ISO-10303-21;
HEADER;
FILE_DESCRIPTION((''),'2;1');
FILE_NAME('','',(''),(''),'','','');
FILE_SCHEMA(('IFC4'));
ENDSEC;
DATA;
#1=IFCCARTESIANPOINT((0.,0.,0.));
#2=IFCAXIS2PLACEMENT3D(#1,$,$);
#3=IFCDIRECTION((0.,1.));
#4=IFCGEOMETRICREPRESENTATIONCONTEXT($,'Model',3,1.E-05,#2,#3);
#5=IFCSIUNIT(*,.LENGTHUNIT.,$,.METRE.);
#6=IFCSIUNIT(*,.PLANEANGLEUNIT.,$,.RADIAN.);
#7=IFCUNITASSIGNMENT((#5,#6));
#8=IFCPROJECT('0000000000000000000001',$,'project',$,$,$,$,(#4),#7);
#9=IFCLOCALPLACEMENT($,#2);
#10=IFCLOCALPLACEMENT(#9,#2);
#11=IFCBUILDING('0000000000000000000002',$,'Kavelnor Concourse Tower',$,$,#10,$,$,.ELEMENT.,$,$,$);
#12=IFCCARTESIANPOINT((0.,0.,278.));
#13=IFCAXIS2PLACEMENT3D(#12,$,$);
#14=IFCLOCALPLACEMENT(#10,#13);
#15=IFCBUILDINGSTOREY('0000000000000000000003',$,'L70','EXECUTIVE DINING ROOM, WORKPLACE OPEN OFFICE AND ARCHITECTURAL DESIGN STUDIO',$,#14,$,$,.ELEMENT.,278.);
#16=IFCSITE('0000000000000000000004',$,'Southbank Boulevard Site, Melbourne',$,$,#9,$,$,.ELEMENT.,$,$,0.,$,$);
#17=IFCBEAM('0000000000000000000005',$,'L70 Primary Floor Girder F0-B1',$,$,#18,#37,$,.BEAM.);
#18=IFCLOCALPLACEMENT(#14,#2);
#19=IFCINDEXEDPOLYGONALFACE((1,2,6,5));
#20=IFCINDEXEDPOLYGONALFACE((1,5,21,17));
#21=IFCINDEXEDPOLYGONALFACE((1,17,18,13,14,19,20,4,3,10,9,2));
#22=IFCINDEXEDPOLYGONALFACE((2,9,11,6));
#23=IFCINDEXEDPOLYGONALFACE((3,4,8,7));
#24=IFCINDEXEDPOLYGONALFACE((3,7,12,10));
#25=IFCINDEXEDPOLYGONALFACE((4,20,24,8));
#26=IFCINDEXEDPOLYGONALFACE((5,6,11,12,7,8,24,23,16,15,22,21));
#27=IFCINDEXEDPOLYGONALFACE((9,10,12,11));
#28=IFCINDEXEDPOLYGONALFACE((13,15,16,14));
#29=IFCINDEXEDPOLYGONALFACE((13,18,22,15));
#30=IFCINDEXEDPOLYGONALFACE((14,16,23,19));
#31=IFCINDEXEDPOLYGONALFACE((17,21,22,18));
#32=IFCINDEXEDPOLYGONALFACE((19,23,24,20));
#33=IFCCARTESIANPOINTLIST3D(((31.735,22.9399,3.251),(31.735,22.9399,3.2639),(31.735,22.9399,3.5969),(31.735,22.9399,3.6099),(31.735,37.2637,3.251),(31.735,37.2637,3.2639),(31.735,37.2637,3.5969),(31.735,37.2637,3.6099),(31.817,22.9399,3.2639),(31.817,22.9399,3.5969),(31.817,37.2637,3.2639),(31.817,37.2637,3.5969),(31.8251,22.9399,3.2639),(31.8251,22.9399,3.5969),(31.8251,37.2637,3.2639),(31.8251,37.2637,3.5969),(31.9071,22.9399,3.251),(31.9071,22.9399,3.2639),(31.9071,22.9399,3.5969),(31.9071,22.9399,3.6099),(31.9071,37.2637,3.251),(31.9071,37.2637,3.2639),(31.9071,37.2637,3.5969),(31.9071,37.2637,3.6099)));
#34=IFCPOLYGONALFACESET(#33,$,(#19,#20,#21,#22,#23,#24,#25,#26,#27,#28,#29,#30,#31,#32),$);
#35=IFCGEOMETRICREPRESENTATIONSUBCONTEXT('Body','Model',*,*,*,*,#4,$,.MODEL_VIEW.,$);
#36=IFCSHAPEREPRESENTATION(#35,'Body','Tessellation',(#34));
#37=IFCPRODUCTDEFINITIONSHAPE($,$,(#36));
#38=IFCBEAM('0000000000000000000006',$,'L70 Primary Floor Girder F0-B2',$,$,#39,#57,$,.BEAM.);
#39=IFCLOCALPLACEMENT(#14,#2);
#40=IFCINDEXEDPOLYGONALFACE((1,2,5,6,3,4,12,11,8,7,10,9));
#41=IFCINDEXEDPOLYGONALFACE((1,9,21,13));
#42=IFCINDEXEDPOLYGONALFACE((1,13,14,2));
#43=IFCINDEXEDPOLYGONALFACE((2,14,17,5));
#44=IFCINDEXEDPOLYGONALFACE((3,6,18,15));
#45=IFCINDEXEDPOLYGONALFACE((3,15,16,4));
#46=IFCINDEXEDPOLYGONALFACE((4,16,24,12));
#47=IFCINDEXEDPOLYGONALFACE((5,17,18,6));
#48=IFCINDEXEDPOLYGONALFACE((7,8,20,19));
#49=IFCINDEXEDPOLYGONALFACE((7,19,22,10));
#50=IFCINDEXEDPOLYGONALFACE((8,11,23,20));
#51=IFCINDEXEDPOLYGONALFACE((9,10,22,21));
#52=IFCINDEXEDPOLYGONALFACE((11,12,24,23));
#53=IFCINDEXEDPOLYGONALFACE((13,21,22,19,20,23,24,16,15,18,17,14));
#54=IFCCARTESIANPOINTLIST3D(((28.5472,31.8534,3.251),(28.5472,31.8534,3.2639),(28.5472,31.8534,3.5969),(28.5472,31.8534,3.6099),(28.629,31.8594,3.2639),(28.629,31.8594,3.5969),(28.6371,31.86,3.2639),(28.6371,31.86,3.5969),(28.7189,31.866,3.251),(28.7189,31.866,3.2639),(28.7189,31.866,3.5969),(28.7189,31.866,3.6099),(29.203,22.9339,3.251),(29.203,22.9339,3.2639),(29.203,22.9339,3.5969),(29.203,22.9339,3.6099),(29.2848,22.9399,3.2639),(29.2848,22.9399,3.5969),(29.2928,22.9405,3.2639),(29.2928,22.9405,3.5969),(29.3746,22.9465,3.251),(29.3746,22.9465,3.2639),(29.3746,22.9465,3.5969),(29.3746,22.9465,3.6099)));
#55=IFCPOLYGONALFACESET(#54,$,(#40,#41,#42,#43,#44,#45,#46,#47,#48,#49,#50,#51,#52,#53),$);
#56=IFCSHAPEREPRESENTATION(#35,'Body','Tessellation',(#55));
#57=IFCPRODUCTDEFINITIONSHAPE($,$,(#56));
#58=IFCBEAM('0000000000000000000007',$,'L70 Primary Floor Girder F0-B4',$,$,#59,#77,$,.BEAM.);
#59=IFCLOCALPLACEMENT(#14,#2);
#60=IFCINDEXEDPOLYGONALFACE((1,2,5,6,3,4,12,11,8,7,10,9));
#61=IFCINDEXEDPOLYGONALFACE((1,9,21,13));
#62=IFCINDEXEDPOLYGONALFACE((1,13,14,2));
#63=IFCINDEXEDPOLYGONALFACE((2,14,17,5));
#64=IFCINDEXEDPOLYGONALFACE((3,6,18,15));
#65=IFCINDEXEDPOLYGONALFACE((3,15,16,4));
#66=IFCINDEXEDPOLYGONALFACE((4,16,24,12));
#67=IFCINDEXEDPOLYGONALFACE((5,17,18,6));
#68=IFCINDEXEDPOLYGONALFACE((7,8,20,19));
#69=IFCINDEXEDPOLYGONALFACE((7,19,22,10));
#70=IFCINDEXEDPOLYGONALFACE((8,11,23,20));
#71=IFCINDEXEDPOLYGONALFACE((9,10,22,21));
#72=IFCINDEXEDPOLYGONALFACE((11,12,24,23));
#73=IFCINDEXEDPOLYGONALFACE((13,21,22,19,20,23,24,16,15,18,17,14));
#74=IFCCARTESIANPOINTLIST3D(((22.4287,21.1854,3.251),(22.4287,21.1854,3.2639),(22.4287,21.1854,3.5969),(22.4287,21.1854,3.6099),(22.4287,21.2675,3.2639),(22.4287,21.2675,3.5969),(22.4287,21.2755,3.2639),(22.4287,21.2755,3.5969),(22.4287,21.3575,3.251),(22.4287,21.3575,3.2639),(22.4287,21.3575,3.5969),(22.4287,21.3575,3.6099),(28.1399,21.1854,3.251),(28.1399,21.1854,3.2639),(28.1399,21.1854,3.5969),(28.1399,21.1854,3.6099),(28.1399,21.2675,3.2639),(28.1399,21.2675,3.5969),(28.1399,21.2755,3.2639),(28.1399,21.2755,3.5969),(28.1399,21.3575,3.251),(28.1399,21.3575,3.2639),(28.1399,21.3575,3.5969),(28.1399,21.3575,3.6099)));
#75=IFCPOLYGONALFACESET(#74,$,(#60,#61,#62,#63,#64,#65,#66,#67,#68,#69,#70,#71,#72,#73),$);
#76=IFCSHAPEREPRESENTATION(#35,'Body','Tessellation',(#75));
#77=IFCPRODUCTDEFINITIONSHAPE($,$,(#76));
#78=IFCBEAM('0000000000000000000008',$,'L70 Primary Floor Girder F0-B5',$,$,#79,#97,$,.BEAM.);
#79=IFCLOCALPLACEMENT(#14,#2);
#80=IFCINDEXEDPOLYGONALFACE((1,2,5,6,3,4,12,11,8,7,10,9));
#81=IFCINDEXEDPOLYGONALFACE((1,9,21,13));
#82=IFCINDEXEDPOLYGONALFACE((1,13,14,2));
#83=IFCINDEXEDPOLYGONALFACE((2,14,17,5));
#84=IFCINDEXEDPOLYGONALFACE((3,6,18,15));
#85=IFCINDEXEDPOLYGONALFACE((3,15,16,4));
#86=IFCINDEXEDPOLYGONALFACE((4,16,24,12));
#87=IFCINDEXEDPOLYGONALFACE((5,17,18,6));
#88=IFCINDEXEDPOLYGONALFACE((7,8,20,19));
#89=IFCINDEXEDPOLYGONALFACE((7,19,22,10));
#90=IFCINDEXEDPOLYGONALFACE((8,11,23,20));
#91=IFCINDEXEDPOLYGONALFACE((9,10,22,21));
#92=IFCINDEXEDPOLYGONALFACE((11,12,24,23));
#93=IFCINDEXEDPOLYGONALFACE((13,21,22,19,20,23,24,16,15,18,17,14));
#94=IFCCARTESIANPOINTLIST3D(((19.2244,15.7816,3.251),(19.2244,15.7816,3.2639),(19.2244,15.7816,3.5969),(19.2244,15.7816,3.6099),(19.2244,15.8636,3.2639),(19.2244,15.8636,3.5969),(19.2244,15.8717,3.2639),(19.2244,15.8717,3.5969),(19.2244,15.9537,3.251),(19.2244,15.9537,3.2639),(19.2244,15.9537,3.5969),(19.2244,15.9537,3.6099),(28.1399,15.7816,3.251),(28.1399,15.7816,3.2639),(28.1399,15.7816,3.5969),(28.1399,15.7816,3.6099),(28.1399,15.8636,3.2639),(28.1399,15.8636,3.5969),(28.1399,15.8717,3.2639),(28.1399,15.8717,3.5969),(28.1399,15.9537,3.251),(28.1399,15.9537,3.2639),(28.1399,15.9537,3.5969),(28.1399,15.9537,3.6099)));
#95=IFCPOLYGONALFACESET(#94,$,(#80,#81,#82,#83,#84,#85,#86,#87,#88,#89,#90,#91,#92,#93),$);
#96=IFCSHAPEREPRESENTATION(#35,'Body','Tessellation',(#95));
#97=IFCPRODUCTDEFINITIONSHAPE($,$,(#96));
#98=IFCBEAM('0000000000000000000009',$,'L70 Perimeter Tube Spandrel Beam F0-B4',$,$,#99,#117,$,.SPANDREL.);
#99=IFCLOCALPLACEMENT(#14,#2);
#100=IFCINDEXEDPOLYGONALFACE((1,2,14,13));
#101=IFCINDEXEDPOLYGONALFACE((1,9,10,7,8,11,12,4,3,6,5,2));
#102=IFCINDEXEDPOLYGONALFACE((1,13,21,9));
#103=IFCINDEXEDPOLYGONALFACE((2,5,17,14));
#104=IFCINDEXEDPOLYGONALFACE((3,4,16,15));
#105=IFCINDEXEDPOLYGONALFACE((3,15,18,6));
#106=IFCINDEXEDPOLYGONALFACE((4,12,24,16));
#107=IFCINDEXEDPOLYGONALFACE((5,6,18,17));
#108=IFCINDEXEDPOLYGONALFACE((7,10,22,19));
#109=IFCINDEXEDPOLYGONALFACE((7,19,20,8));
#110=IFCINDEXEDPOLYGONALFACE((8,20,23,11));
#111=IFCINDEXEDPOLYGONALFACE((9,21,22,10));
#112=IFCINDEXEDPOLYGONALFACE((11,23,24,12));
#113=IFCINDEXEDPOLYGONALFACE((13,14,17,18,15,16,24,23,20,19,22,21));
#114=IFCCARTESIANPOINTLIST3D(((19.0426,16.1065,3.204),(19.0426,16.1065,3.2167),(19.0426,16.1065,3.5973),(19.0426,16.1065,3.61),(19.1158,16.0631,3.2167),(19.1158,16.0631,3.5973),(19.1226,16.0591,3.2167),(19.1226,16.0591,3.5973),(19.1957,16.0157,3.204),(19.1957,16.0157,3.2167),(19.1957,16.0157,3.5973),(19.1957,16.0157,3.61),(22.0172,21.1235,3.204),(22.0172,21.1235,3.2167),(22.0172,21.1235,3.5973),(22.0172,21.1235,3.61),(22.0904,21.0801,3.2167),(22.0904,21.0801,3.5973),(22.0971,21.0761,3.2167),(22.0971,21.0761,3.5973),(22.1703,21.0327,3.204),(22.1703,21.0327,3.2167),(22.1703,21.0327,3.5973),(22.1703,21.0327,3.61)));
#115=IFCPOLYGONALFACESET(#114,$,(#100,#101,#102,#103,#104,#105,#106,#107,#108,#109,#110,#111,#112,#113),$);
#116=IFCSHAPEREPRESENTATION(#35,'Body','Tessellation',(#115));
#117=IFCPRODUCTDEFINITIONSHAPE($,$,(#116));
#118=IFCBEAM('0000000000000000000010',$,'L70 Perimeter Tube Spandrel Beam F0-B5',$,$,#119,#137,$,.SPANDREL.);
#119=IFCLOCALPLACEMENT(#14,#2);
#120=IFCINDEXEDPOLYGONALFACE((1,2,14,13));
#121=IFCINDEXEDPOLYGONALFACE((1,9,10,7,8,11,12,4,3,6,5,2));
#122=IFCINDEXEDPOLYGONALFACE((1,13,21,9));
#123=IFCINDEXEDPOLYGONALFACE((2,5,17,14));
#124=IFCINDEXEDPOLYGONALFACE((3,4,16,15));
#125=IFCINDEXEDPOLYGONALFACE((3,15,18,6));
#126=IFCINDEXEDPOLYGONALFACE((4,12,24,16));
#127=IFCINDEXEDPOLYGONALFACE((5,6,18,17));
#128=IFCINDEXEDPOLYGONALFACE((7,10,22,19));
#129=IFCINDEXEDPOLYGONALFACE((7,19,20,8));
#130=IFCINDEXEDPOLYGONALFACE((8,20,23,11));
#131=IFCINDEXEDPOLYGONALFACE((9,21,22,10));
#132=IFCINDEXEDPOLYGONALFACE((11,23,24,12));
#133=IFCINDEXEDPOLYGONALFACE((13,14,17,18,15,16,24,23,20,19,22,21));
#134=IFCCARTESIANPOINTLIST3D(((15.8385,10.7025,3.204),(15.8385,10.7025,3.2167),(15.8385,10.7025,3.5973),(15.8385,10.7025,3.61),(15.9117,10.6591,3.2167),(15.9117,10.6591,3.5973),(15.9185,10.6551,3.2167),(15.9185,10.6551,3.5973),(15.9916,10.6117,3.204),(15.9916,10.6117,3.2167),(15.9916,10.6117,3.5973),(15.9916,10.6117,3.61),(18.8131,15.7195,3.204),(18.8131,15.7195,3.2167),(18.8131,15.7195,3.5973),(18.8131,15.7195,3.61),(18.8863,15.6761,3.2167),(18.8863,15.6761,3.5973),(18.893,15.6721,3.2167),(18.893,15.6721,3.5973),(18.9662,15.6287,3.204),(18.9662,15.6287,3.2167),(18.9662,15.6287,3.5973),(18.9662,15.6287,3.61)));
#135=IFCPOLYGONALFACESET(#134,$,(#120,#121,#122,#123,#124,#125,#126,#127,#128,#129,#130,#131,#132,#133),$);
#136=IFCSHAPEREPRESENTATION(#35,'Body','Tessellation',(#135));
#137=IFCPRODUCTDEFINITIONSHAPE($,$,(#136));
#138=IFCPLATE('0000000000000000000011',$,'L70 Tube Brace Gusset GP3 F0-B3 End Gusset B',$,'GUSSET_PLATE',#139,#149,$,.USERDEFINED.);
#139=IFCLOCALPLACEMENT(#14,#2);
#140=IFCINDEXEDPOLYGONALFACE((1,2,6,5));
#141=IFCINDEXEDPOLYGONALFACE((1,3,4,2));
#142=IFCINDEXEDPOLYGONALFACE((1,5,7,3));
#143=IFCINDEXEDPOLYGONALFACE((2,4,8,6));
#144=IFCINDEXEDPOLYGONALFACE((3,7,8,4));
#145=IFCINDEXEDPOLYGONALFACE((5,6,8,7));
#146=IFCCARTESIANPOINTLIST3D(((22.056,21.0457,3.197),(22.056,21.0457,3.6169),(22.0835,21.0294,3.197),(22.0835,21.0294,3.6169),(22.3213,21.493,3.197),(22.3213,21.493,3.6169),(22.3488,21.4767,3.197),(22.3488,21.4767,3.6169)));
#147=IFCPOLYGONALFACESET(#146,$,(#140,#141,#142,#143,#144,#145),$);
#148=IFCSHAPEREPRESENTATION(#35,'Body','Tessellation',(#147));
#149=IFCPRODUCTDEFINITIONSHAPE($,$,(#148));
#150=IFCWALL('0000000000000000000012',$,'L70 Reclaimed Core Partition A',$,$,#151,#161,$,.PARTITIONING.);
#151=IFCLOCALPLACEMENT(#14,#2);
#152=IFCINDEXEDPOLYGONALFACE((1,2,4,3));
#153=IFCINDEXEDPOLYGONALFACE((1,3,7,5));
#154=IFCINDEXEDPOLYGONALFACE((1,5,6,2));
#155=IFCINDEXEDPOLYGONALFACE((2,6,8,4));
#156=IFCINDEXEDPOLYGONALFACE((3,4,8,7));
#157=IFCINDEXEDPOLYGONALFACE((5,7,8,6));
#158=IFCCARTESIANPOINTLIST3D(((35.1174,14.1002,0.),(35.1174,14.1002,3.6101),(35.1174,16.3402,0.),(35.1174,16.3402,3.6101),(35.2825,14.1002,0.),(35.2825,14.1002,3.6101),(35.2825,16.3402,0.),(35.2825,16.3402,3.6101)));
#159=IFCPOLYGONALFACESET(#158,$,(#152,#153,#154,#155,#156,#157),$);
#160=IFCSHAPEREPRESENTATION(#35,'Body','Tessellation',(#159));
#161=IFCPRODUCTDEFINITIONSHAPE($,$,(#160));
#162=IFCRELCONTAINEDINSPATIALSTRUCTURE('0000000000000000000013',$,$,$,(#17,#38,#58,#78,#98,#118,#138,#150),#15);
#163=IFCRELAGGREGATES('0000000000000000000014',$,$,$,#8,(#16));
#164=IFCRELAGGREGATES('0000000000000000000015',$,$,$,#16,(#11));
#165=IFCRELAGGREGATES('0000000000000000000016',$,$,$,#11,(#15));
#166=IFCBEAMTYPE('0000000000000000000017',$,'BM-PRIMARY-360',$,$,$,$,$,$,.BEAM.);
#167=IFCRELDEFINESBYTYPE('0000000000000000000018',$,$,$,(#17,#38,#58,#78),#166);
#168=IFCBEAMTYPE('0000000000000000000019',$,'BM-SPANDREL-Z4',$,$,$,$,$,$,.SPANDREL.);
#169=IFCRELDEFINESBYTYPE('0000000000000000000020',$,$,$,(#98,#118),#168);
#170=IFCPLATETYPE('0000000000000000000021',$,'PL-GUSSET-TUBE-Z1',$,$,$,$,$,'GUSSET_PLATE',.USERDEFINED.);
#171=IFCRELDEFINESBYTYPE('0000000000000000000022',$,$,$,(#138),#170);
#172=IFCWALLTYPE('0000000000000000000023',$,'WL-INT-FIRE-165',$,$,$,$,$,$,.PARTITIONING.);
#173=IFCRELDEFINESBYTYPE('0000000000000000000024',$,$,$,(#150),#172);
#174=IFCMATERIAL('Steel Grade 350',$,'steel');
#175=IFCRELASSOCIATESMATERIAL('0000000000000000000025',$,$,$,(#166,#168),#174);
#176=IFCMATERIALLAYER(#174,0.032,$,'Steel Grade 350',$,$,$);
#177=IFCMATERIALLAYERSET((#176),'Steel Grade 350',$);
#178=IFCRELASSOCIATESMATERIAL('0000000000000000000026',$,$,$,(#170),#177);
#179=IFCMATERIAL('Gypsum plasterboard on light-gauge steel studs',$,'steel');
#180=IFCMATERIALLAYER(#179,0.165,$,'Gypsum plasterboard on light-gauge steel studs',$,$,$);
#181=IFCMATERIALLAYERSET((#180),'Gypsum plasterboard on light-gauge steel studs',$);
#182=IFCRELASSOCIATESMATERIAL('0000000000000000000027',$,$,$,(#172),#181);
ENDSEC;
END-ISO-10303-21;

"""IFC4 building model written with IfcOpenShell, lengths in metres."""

from ifc_helpers import new_model, si_unit, direction, frame, frame_2d, origin, origin_2d, place, context, subcontext, project, spatial, rectangle, i_section, extrude, material, layer, layer_set, material_profile, profile_set, type_object, element, save


model = new_model("IFC4")

# Units and contexts
model_context = context("Model", 3, precision=1e-05, world=origin(), true_north=direction((0.0, 1.0)))
body_context = subcontext(model_context, "Body", "Model", "MODEL_VIEW")
ifc_project = project(units=[si_unit("LENGTHUNIT", "METRE"), si_unit("PLANEANGLEUNIT", "RADIAN")], contexts=[model_context])

# Site, building, storey
site_placement = place(None, origin())
site = spatial("IfcSite", under=ifc_project, at=site_placement, Name="Southbank Boulevard Site, Melbourne", CompositionType="ELEMENT", RefElevation=0.0)
building_placement = place(site_placement, origin())
building = spatial("IfcBuilding", under=site, at=building_placement, Name="Kavelnor Concourse Tower", CompositionType="ELEMENT")
storey_placement = place(building_placement, frame((0.0, 0.0, 278.0)))
storey = spatial("IfcBuildingStorey", under=building, at=storey_placement, Name="L70", Description="EXECUTIVE DINING ROOM, WORKPLACE OPEN OFFICE AND ARCHITECTURAL DESIGN STUDIO", CompositionType="ELEMENT", Elevation=278.0)

# Shared definitions
ifc_material_1 = material(Name="Steel Grade 350", Category="steel")

# Beams
ifc_material_profile_1 = material_profile(ifc_material_1, i_section(OverallWidth=0.1721, OverallDepth=0.3589, WebThickness=0.0081, FlangeThickness=0.0129, at=origin_2d()), Name="360UB56")
ifc_profile_set_1 = profile_set([ifc_material_profile_1], Name="Steel Grade 350")
beam_type_1 = type_object("IfcBeamType", Name="BM-PRIMARY-360", PredefinedType="BEAM", material=ifc_profile_set_1)
beam_1_placement = place(storey_placement, frame((31.821, 22.9399, 3.4304), z_axis=(0.0, 1.0, 0.0), x_axis=(-1.0, 0.0, 0.0)))
element("IfcBeam", 1, at=beam_1_placement, inside=storey, type_object=beam_type_1, Name="L70 Primary Floor Girder F0-B1", PredefinedType="BEAM", context=body_context, shape_type="SweptSolid", body=[
    extrude(i_section(OverallWidth=0.1721, OverallDepth=0.3589, WebThickness=0.0081, FlangeThickness=0.0129, at=origin_2d()), origin(), (0.0, 0.0, 1.0), 14.3237),
])
beam_2_placement = place(storey_placement, frame((29.2888, 22.9402, 3.4304), z_axis=(-0.073323, 0.997308, 0.0), x_axis=(-0.997308, -0.073323, 0.0)))
element("IfcBeam", 2, at=beam_2_placement, inside=storey, type_object=beam_type_1, Name="L70 Primary Floor Girder F0-B2", PredefinedType="BEAM", context=body_context, shape_type="SweptSolid", body=[
    extrude(i_section(OverallWidth=0.1721, OverallDepth=0.3589, WebThickness=0.0081, FlangeThickness=0.0129, at=origin_2d()), origin(), (0.0, 0.0, 1.0), 8.9436),
])
beam_3_placement = place(storey_placement, frame((28.1399, 21.2715, 3.4304), z_axis=(-1.0, 0.0, 0.0), x_axis=(0.0, -1.0, 0.0)))
element("IfcBeam", 3, at=beam_3_placement, inside=storey, type_object=beam_type_1, Name="L70 Primary Floor Girder F0-B4", PredefinedType="BEAM", context=body_context, shape_type="SweptSolid", body=[
    extrude(i_section(OverallWidth=0.1721, OverallDepth=0.3589, WebThickness=0.0081, FlangeThickness=0.0129, at=origin_2d()), origin(), (0.0, 0.0, 1.0), 5.7112),
])
beam_4_placement = place(storey_placement, frame((28.1399, 15.8677, 3.4304), z_axis=(-1.0, 0.0, 0.0), x_axis=(0.0, -1.0, 0.0)))
element("IfcBeam", 4, at=beam_4_placement, inside=storey, type_object=beam_type_1, Name="L70 Primary Floor Girder F0-B5", PredefinedType="BEAM", context=body_context, shape_type="SweptSolid", body=[
    extrude(i_section(OverallWidth=0.1721, OverallDepth=0.3589, WebThickness=0.0081, FlangeThickness=0.0129, at=origin_2d()), origin(), (0.0, 0.0, 1.0), 8.9155),
])
ifc_material_profile_2 = material_profile(ifc_material_1, i_section(OverallWidth=0.178, OverallDepth=0.406, WebThickness=0.0078, FlangeThickness=0.0127, at=origin_2d()), Name="410UB59")
ifc_profile_set_2 = profile_set([ifc_material_profile_2], Name="Steel Grade 350")
beam_type_2 = type_object("IfcBeamType", Name="BM-SPANDREL-Z4", PredefinedType="SPANDREL", material=ifc_profile_set_2)
for number, where, z_axis, x_axis, name in (
    (5, (22.0938, 21.0781, 3.407), (-0.509995, -0.860177, 0.0), (0.860177, -0.509995, 0.0), "L70 Perimeter Tube Spandrel Beam F0-B4"),
    (6, (18.8896, 15.6741, 3.407), (-0.509995, -0.860177, 0.0), (0.860177, -0.509995, 0.0), "L70 Perimeter Tube Spandrel Beam F0-B5"),
):
    element("IfcBeam", number, at=place(storey_placement, frame(where, z_axis=z_axis, x_axis=x_axis)), inside=storey, type_object=beam_type_2, Name=name, PredefinedType="SPANDREL", context=body_context, shape_type="SweptSolid", body=[
        extrude(i_section(OverallWidth=0.178, OverallDepth=0.406, WebThickness=0.0078, FlangeThickness=0.0127, at=origin_2d()), origin(), (0.0, 0.0, 1.0), 5.8325),
    ])

# Plate
ifc_layer_1 = layer(ifc_material_1, 0.032, Name="Steel Grade 350")
ifc_layer_set_1 = layer_set([ifc_layer_1], Name="Steel Grade 350")
plate_type = type_object("IfcPlateType", Name="PL-GUSSET-TUBE-Z1", ElementType="GUSSET_PLATE", PredefinedType="USERDEFINED", material=ifc_layer_set_1)
plate_placement = place(storey_placement, frame((22.2024, 21.2612, 3.197), z_axis=(0.0, 0.0, 1.0), x_axis=(-0.510093, -0.860119, 0.0)))
element("IfcPlate", 7, at=plate_placement, inside=storey, type_object=plate_type, Name="L70 Tube Brace Gusset GP3 F0-B3 End Gusset B", ObjectType="GUSSET_PLATE", PredefinedType="USERDEFINED", context=body_context, shape_type="SweptSolid", body=[
    extrude(rectangle(XDim=0.52, YDim=0.032, at=origin_2d()), origin(), (0.0, 0.0, 1.0), 0.4199),
])

# Wall
ifc_material_2 = material(Name="Gypsum plasterboard on light-gauge steel studs", Category="steel")
ifc_layer_2 = layer(ifc_material_2, 0.165, Name="Gypsum plasterboard on light-gauge steel studs")
ifc_layer_set_2 = layer_set([ifc_layer_2], Name="Gypsum plasterboard on light-gauge steel studs")
wall_type_1 = type_object("IfcWallType", Name="WL-INT-FIRE-165", PredefinedType="PARTITIONING", material=ifc_layer_set_2)
wall_1_placement = place(storey_placement, frame((35.2, 14.1001, 0.0), z_axis=(0.0, 0.0, 1.0), x_axis=(0.0, 1.0, 0.0)))
element("IfcWall", 8, at=wall_1_placement, inside=storey, type_object=wall_type_1, Name="L70 Reclaimed Core Partition A", PredefinedType="PARTITIONING", context=body_context, shape_type="SweptSolid", body=[
    extrude(rectangle(XDim=2.24, YDim=0.165, at=frame_2d((1.1201, 0.0))), origin(), (0.0, 0.0, 1.0), 3.6101),
])

save(model, "model.ifc")
